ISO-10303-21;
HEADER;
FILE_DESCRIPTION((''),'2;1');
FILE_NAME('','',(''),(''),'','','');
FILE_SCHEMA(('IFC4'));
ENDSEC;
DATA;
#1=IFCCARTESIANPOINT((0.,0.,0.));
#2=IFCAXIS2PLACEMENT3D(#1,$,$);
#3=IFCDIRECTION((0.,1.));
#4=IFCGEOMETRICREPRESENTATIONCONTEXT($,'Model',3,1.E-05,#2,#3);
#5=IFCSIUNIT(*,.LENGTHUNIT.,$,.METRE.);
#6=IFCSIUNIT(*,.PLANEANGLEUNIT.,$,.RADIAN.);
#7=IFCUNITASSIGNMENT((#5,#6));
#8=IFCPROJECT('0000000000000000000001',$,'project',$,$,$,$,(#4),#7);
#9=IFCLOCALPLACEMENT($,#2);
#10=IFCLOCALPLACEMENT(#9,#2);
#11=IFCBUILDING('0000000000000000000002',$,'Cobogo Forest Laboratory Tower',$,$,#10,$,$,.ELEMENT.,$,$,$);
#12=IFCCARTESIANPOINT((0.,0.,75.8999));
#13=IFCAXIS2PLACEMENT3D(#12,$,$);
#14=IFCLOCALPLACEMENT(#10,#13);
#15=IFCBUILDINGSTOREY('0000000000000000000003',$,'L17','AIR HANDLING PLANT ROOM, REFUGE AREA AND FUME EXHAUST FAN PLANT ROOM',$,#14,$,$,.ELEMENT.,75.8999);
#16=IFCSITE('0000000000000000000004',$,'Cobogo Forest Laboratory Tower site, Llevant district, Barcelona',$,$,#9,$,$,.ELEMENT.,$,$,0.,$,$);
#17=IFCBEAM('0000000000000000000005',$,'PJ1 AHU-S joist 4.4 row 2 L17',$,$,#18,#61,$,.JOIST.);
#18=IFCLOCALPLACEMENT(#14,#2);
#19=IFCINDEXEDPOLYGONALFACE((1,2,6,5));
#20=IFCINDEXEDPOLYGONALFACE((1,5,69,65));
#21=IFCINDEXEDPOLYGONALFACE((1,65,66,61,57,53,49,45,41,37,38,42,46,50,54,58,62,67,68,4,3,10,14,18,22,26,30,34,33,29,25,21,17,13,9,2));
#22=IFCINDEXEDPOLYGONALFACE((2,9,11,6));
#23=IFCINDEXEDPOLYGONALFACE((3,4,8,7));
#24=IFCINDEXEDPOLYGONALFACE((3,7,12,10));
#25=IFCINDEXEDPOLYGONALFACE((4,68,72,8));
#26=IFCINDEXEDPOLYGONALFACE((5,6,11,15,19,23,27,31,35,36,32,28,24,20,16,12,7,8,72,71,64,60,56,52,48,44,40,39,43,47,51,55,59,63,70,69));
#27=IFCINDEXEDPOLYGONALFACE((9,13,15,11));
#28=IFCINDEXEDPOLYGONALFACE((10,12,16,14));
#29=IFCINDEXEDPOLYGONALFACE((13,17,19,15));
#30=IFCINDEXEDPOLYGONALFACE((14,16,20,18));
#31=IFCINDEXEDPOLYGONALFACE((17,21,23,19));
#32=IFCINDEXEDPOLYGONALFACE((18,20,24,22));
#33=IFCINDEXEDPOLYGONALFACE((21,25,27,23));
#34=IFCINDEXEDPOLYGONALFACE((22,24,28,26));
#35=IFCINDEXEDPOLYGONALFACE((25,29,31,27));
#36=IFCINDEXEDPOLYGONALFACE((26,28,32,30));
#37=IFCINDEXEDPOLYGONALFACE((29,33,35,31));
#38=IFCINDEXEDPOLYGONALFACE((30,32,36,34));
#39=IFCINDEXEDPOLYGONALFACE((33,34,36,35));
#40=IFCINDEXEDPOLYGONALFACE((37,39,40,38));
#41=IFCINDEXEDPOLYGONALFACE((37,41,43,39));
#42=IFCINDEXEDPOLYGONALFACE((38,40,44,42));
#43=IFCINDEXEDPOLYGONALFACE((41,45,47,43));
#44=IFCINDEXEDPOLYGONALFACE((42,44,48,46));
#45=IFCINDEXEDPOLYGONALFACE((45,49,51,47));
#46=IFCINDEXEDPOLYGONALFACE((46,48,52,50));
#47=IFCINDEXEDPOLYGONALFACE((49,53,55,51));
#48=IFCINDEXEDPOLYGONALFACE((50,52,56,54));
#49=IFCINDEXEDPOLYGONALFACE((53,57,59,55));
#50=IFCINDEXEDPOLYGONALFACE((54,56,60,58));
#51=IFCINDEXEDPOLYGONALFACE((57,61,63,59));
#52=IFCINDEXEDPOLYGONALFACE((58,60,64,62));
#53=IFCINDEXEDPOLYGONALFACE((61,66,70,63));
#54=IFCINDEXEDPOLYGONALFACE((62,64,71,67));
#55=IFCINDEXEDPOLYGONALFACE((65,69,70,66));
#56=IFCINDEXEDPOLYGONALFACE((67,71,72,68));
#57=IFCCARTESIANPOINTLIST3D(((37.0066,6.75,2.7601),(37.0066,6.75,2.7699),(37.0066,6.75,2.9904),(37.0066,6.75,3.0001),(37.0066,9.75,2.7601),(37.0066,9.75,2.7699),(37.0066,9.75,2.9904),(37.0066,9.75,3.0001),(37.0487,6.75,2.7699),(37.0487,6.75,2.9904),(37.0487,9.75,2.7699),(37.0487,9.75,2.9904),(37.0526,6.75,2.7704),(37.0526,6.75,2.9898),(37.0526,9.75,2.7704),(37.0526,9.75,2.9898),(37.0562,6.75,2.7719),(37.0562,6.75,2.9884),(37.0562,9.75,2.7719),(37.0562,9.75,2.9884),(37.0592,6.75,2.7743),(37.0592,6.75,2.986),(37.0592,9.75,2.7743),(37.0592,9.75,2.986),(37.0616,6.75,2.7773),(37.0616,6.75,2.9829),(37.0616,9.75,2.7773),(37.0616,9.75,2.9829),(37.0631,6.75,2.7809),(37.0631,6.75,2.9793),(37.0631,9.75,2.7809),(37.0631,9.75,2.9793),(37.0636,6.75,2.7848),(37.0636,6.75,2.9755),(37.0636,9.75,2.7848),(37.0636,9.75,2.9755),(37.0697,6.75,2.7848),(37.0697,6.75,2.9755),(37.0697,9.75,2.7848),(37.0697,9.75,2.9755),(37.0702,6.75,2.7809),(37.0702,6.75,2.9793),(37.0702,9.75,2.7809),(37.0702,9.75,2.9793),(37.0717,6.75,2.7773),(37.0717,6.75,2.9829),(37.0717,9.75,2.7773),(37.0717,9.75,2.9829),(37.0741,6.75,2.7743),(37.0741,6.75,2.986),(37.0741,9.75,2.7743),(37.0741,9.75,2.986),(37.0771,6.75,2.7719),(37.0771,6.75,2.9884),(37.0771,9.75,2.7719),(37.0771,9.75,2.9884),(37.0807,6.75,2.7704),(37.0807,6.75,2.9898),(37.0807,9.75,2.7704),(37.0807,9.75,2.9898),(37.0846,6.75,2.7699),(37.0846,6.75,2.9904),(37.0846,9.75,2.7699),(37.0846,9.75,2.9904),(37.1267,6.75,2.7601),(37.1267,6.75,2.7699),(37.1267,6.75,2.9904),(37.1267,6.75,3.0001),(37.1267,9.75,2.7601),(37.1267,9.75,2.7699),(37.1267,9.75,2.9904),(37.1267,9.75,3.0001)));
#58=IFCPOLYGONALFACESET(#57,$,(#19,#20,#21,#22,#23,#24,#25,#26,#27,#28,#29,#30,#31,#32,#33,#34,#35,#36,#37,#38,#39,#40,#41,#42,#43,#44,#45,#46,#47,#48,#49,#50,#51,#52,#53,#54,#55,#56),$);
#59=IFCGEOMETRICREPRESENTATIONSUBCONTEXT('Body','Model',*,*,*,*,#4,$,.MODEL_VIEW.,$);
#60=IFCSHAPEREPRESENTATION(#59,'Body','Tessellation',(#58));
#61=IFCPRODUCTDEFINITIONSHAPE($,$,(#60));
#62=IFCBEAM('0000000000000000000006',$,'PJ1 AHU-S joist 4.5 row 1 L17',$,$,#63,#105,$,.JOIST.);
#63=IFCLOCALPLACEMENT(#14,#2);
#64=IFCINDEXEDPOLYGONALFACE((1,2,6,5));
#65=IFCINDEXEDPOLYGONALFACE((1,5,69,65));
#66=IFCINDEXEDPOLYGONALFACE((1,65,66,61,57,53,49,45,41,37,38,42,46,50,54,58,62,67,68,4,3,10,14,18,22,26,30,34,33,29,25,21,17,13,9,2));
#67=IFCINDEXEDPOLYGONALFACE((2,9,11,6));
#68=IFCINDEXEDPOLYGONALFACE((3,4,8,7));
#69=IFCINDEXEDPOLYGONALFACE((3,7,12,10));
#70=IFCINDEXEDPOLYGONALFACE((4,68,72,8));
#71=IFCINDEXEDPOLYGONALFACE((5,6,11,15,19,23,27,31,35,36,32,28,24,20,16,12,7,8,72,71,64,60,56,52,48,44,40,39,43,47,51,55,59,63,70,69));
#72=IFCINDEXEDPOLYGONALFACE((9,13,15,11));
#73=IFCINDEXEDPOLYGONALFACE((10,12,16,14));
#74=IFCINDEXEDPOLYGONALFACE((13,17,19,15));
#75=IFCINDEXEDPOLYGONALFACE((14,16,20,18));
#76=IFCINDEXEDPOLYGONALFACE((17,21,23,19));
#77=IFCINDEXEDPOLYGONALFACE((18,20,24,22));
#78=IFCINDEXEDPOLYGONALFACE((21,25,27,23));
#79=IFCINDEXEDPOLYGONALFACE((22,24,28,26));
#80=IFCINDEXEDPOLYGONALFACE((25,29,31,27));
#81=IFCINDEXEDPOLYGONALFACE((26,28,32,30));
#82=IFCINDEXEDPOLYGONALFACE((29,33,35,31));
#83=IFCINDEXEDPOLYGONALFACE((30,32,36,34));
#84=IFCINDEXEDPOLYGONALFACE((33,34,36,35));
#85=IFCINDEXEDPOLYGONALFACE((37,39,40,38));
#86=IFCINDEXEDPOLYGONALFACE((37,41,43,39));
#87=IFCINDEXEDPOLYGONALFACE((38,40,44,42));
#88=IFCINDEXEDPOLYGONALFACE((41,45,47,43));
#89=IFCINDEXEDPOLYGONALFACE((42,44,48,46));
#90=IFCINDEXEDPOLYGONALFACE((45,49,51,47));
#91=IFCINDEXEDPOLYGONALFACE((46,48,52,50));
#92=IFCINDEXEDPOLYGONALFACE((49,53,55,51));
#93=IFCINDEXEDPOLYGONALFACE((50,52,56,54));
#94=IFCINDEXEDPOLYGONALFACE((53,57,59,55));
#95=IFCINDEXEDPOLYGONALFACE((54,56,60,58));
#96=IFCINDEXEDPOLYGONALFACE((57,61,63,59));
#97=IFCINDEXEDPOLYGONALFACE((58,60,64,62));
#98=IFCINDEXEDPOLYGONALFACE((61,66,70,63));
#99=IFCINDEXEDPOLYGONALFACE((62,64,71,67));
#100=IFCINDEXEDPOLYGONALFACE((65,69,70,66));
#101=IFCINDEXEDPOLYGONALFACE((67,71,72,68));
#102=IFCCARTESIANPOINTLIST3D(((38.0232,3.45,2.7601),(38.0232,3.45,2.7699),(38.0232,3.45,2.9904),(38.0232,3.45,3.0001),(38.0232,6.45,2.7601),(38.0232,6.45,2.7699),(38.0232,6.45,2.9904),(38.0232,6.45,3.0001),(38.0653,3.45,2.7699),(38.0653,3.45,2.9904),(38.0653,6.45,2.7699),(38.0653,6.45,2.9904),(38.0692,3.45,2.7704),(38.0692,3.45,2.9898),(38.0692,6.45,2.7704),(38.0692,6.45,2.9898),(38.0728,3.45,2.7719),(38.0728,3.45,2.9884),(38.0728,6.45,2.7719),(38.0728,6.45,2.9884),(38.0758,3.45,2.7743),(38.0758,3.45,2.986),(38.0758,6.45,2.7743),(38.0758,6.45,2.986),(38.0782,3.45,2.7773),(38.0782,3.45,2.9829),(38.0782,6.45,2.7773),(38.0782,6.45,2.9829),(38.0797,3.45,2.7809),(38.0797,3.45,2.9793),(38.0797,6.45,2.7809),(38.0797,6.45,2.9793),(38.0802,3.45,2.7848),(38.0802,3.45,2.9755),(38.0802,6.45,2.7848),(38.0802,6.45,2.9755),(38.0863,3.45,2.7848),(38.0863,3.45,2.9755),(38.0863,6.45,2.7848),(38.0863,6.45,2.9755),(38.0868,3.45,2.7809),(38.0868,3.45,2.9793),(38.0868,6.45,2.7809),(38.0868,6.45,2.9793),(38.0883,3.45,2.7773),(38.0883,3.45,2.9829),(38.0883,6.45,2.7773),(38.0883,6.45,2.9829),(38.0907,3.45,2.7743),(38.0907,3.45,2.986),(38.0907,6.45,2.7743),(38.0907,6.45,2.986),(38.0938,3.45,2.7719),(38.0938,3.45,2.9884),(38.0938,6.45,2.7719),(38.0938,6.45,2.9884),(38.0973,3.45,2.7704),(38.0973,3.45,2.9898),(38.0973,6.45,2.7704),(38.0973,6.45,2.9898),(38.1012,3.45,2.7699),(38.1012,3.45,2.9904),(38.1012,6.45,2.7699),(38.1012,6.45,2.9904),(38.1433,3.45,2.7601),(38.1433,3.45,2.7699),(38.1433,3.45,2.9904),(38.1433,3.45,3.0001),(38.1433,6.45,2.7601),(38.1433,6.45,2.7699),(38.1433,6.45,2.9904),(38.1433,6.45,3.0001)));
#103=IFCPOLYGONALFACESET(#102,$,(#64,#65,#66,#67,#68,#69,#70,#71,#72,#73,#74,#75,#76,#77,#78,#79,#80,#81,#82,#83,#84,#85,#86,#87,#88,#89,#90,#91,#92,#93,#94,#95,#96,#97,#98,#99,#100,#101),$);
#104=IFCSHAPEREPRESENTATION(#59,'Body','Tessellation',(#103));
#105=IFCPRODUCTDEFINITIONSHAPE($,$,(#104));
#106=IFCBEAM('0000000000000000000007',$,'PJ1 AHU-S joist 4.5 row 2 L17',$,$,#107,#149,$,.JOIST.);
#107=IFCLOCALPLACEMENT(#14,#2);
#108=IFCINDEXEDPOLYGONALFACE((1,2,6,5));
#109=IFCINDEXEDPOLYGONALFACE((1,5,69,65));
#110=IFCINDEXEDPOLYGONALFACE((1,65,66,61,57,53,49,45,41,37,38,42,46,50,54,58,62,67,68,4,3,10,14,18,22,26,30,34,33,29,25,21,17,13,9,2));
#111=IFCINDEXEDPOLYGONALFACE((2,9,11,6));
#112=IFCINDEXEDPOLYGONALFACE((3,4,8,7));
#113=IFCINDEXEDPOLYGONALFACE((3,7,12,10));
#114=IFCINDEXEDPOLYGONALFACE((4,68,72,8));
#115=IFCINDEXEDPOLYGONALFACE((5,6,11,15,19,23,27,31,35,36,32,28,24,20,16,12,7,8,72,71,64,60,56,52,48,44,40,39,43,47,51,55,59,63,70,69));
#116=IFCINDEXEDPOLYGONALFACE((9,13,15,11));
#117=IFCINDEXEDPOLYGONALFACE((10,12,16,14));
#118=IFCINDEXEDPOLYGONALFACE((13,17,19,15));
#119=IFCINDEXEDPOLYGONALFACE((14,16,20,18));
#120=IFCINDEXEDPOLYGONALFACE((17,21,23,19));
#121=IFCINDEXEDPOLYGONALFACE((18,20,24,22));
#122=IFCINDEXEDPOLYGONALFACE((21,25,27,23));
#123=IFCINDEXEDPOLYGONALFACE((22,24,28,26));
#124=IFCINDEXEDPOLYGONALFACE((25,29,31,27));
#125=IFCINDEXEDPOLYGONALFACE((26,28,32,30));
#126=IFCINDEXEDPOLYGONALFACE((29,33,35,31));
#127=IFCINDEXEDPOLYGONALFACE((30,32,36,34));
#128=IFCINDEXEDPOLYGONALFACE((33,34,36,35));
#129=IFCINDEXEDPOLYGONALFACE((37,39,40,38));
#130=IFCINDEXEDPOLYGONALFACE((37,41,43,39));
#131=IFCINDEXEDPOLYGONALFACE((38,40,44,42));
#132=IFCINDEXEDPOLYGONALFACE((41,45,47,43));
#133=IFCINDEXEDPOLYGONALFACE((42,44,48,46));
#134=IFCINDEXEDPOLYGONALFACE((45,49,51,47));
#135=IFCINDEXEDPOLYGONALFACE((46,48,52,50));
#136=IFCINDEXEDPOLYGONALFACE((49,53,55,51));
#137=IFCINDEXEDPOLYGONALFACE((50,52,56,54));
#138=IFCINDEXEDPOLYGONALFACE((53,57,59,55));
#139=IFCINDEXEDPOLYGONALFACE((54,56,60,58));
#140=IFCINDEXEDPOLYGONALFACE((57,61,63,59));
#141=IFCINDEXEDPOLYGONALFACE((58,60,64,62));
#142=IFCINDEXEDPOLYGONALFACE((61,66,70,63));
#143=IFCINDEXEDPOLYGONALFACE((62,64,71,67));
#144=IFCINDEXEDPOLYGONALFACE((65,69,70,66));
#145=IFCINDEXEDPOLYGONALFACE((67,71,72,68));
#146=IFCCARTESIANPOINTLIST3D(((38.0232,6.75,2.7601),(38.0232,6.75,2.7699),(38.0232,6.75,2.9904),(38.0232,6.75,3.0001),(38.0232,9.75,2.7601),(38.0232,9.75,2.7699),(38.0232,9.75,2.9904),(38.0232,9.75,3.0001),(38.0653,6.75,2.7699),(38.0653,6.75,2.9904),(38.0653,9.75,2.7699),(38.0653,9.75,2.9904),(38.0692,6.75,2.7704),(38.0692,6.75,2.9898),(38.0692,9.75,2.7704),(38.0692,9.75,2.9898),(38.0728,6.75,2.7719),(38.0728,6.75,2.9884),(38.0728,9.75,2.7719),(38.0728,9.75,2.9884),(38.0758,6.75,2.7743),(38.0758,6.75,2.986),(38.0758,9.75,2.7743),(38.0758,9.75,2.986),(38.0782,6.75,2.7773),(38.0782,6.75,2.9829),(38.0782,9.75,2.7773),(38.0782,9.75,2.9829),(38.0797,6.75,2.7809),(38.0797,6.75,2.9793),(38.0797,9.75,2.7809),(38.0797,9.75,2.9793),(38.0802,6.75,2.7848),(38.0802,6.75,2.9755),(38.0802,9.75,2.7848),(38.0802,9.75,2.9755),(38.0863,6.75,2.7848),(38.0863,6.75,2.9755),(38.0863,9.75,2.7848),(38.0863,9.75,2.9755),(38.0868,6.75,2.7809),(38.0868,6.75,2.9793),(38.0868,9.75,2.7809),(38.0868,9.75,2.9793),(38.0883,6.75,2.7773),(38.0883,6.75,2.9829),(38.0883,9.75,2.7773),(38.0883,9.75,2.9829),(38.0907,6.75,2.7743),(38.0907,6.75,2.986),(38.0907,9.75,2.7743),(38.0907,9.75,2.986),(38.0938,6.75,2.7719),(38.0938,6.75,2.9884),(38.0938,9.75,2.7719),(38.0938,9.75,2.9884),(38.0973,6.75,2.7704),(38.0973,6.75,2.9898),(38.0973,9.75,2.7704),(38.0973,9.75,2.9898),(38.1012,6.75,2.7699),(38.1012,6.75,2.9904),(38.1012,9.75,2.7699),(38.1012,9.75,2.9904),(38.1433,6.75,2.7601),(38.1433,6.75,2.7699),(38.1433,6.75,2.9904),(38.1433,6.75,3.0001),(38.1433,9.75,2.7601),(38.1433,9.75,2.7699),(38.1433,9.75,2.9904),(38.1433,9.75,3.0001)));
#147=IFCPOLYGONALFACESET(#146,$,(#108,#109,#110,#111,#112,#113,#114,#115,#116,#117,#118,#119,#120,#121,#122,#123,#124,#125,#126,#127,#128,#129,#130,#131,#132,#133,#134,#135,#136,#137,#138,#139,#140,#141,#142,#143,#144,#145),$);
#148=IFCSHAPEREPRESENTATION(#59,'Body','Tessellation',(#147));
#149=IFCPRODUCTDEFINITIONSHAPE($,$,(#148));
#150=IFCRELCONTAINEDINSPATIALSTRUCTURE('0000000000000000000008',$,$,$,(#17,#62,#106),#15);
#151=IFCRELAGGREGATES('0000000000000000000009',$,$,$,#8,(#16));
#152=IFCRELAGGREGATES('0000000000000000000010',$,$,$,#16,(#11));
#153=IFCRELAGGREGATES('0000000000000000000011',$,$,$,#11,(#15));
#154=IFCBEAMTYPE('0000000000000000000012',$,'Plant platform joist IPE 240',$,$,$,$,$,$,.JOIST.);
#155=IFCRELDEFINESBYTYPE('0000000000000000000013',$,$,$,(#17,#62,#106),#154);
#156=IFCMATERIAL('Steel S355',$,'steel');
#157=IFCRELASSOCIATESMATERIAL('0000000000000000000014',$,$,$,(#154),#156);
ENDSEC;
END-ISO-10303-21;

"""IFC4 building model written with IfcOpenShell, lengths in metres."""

from ifc_helpers import new_model, si_unit, direction, frame, origin, origin_2d, place, context, subcontext, project, spatial, i_section, extrude, material, material_profile, profile_set, type_object, element, save


model = new_model("IFC4")

# Units and contexts
model_context = context("Model", 3, precision=1e-05, world=origin(), true_north=direction((0.0, 1.0)))
body_context = subcontext(model_context, "Body", "Model", "MODEL_VIEW")
ifc_project = project(units=[si_unit("LENGTHUNIT", "METRE"), si_unit("PLANEANGLEUNIT", "RADIAN")], contexts=[model_context])

# Site, building, storey
site_placement = place(None, origin())
site = spatial("IfcSite", under=ifc_project, at=site_placement, Name="Cobogo Forest Laboratory Tower site, Llevant district, Barcelona", CompositionType="ELEMENT", RefElevation=0.0)
building_placement = place(site_placement, origin())
building = spatial("IfcBuilding", under=site, at=building_placement, Name="Cobogo Forest Laboratory Tower", CompositionType="ELEMENT")
storey_placement = place(building_placement, frame((0.0, 0.0, 75.8999)))
storey = spatial("IfcBuildingStorey", under=building, at=storey_placement, Name="L17", Description="AIR HANDLING PLANT ROOM, REFUGE AREA AND FUME EXHAUST FAN PLANT ROOM", CompositionType="ELEMENT", Elevation=75.8999)

# Beams
ifc_material = material(Name="Steel S355", Category="steel")
ifc_material_profile_1 = material_profile(ifc_material, i_section(OverallWidth=0.1201, OverallDepth=0.24, WebThickness=0.0061, FlangeThickness=0.0098, FilletRadius=0.0149, at=origin_2d()), Name="IPE 240")
ifc_profile_set_1 = profile_set([ifc_material_profile_1], Name="Steel S355")
beam_type_1 = type_object("IfcBeamType", Name="Plant platform joist IPE 240", PredefinedType="JOIST", material=ifc_profile_set_1)
for number, where, z_axis, x_axis, name in (
    (1, (37.0667, 6.75, 2.8801), (0.0, 1.0, 0.0), (-1.0, 0.0, 0.0), "PJ1 AHU-S joist 4.4 row 2 L17"),
    (2, (38.0833, 3.45, 2.8801), (0.0, 1.0, 0.0), (-1.0, 0.0, 0.0), "PJ1 AHU-S joist 4.5 row 1 L17"),
    (3, (38.0833, 6.75, 2.8801), (0.0, 1.0, 0.0), (-1.0, 0.0, 0.0), "PJ1 AHU-S joist 4.5 row 2 L17"),
):
    element("IfcBeam", number, at=place(storey_placement, frame(where, z_axis=z_axis, x_axis=x_axis)), inside=storey, type_object=beam_type_1, Name=name, PredefinedType="JOIST", context=body_context, shape_type="SweptSolid", body=[
        extrude(i_section(OverallWidth=0.1201, OverallDepth=0.24, WebThickness=0.0061, FlangeThickness=0.0098, FilletRadius=0.0149, at=origin_2d()), origin(), (0.0, 0.0, 1.0), 3.0),
    ])

save(model, "model.ifc")
